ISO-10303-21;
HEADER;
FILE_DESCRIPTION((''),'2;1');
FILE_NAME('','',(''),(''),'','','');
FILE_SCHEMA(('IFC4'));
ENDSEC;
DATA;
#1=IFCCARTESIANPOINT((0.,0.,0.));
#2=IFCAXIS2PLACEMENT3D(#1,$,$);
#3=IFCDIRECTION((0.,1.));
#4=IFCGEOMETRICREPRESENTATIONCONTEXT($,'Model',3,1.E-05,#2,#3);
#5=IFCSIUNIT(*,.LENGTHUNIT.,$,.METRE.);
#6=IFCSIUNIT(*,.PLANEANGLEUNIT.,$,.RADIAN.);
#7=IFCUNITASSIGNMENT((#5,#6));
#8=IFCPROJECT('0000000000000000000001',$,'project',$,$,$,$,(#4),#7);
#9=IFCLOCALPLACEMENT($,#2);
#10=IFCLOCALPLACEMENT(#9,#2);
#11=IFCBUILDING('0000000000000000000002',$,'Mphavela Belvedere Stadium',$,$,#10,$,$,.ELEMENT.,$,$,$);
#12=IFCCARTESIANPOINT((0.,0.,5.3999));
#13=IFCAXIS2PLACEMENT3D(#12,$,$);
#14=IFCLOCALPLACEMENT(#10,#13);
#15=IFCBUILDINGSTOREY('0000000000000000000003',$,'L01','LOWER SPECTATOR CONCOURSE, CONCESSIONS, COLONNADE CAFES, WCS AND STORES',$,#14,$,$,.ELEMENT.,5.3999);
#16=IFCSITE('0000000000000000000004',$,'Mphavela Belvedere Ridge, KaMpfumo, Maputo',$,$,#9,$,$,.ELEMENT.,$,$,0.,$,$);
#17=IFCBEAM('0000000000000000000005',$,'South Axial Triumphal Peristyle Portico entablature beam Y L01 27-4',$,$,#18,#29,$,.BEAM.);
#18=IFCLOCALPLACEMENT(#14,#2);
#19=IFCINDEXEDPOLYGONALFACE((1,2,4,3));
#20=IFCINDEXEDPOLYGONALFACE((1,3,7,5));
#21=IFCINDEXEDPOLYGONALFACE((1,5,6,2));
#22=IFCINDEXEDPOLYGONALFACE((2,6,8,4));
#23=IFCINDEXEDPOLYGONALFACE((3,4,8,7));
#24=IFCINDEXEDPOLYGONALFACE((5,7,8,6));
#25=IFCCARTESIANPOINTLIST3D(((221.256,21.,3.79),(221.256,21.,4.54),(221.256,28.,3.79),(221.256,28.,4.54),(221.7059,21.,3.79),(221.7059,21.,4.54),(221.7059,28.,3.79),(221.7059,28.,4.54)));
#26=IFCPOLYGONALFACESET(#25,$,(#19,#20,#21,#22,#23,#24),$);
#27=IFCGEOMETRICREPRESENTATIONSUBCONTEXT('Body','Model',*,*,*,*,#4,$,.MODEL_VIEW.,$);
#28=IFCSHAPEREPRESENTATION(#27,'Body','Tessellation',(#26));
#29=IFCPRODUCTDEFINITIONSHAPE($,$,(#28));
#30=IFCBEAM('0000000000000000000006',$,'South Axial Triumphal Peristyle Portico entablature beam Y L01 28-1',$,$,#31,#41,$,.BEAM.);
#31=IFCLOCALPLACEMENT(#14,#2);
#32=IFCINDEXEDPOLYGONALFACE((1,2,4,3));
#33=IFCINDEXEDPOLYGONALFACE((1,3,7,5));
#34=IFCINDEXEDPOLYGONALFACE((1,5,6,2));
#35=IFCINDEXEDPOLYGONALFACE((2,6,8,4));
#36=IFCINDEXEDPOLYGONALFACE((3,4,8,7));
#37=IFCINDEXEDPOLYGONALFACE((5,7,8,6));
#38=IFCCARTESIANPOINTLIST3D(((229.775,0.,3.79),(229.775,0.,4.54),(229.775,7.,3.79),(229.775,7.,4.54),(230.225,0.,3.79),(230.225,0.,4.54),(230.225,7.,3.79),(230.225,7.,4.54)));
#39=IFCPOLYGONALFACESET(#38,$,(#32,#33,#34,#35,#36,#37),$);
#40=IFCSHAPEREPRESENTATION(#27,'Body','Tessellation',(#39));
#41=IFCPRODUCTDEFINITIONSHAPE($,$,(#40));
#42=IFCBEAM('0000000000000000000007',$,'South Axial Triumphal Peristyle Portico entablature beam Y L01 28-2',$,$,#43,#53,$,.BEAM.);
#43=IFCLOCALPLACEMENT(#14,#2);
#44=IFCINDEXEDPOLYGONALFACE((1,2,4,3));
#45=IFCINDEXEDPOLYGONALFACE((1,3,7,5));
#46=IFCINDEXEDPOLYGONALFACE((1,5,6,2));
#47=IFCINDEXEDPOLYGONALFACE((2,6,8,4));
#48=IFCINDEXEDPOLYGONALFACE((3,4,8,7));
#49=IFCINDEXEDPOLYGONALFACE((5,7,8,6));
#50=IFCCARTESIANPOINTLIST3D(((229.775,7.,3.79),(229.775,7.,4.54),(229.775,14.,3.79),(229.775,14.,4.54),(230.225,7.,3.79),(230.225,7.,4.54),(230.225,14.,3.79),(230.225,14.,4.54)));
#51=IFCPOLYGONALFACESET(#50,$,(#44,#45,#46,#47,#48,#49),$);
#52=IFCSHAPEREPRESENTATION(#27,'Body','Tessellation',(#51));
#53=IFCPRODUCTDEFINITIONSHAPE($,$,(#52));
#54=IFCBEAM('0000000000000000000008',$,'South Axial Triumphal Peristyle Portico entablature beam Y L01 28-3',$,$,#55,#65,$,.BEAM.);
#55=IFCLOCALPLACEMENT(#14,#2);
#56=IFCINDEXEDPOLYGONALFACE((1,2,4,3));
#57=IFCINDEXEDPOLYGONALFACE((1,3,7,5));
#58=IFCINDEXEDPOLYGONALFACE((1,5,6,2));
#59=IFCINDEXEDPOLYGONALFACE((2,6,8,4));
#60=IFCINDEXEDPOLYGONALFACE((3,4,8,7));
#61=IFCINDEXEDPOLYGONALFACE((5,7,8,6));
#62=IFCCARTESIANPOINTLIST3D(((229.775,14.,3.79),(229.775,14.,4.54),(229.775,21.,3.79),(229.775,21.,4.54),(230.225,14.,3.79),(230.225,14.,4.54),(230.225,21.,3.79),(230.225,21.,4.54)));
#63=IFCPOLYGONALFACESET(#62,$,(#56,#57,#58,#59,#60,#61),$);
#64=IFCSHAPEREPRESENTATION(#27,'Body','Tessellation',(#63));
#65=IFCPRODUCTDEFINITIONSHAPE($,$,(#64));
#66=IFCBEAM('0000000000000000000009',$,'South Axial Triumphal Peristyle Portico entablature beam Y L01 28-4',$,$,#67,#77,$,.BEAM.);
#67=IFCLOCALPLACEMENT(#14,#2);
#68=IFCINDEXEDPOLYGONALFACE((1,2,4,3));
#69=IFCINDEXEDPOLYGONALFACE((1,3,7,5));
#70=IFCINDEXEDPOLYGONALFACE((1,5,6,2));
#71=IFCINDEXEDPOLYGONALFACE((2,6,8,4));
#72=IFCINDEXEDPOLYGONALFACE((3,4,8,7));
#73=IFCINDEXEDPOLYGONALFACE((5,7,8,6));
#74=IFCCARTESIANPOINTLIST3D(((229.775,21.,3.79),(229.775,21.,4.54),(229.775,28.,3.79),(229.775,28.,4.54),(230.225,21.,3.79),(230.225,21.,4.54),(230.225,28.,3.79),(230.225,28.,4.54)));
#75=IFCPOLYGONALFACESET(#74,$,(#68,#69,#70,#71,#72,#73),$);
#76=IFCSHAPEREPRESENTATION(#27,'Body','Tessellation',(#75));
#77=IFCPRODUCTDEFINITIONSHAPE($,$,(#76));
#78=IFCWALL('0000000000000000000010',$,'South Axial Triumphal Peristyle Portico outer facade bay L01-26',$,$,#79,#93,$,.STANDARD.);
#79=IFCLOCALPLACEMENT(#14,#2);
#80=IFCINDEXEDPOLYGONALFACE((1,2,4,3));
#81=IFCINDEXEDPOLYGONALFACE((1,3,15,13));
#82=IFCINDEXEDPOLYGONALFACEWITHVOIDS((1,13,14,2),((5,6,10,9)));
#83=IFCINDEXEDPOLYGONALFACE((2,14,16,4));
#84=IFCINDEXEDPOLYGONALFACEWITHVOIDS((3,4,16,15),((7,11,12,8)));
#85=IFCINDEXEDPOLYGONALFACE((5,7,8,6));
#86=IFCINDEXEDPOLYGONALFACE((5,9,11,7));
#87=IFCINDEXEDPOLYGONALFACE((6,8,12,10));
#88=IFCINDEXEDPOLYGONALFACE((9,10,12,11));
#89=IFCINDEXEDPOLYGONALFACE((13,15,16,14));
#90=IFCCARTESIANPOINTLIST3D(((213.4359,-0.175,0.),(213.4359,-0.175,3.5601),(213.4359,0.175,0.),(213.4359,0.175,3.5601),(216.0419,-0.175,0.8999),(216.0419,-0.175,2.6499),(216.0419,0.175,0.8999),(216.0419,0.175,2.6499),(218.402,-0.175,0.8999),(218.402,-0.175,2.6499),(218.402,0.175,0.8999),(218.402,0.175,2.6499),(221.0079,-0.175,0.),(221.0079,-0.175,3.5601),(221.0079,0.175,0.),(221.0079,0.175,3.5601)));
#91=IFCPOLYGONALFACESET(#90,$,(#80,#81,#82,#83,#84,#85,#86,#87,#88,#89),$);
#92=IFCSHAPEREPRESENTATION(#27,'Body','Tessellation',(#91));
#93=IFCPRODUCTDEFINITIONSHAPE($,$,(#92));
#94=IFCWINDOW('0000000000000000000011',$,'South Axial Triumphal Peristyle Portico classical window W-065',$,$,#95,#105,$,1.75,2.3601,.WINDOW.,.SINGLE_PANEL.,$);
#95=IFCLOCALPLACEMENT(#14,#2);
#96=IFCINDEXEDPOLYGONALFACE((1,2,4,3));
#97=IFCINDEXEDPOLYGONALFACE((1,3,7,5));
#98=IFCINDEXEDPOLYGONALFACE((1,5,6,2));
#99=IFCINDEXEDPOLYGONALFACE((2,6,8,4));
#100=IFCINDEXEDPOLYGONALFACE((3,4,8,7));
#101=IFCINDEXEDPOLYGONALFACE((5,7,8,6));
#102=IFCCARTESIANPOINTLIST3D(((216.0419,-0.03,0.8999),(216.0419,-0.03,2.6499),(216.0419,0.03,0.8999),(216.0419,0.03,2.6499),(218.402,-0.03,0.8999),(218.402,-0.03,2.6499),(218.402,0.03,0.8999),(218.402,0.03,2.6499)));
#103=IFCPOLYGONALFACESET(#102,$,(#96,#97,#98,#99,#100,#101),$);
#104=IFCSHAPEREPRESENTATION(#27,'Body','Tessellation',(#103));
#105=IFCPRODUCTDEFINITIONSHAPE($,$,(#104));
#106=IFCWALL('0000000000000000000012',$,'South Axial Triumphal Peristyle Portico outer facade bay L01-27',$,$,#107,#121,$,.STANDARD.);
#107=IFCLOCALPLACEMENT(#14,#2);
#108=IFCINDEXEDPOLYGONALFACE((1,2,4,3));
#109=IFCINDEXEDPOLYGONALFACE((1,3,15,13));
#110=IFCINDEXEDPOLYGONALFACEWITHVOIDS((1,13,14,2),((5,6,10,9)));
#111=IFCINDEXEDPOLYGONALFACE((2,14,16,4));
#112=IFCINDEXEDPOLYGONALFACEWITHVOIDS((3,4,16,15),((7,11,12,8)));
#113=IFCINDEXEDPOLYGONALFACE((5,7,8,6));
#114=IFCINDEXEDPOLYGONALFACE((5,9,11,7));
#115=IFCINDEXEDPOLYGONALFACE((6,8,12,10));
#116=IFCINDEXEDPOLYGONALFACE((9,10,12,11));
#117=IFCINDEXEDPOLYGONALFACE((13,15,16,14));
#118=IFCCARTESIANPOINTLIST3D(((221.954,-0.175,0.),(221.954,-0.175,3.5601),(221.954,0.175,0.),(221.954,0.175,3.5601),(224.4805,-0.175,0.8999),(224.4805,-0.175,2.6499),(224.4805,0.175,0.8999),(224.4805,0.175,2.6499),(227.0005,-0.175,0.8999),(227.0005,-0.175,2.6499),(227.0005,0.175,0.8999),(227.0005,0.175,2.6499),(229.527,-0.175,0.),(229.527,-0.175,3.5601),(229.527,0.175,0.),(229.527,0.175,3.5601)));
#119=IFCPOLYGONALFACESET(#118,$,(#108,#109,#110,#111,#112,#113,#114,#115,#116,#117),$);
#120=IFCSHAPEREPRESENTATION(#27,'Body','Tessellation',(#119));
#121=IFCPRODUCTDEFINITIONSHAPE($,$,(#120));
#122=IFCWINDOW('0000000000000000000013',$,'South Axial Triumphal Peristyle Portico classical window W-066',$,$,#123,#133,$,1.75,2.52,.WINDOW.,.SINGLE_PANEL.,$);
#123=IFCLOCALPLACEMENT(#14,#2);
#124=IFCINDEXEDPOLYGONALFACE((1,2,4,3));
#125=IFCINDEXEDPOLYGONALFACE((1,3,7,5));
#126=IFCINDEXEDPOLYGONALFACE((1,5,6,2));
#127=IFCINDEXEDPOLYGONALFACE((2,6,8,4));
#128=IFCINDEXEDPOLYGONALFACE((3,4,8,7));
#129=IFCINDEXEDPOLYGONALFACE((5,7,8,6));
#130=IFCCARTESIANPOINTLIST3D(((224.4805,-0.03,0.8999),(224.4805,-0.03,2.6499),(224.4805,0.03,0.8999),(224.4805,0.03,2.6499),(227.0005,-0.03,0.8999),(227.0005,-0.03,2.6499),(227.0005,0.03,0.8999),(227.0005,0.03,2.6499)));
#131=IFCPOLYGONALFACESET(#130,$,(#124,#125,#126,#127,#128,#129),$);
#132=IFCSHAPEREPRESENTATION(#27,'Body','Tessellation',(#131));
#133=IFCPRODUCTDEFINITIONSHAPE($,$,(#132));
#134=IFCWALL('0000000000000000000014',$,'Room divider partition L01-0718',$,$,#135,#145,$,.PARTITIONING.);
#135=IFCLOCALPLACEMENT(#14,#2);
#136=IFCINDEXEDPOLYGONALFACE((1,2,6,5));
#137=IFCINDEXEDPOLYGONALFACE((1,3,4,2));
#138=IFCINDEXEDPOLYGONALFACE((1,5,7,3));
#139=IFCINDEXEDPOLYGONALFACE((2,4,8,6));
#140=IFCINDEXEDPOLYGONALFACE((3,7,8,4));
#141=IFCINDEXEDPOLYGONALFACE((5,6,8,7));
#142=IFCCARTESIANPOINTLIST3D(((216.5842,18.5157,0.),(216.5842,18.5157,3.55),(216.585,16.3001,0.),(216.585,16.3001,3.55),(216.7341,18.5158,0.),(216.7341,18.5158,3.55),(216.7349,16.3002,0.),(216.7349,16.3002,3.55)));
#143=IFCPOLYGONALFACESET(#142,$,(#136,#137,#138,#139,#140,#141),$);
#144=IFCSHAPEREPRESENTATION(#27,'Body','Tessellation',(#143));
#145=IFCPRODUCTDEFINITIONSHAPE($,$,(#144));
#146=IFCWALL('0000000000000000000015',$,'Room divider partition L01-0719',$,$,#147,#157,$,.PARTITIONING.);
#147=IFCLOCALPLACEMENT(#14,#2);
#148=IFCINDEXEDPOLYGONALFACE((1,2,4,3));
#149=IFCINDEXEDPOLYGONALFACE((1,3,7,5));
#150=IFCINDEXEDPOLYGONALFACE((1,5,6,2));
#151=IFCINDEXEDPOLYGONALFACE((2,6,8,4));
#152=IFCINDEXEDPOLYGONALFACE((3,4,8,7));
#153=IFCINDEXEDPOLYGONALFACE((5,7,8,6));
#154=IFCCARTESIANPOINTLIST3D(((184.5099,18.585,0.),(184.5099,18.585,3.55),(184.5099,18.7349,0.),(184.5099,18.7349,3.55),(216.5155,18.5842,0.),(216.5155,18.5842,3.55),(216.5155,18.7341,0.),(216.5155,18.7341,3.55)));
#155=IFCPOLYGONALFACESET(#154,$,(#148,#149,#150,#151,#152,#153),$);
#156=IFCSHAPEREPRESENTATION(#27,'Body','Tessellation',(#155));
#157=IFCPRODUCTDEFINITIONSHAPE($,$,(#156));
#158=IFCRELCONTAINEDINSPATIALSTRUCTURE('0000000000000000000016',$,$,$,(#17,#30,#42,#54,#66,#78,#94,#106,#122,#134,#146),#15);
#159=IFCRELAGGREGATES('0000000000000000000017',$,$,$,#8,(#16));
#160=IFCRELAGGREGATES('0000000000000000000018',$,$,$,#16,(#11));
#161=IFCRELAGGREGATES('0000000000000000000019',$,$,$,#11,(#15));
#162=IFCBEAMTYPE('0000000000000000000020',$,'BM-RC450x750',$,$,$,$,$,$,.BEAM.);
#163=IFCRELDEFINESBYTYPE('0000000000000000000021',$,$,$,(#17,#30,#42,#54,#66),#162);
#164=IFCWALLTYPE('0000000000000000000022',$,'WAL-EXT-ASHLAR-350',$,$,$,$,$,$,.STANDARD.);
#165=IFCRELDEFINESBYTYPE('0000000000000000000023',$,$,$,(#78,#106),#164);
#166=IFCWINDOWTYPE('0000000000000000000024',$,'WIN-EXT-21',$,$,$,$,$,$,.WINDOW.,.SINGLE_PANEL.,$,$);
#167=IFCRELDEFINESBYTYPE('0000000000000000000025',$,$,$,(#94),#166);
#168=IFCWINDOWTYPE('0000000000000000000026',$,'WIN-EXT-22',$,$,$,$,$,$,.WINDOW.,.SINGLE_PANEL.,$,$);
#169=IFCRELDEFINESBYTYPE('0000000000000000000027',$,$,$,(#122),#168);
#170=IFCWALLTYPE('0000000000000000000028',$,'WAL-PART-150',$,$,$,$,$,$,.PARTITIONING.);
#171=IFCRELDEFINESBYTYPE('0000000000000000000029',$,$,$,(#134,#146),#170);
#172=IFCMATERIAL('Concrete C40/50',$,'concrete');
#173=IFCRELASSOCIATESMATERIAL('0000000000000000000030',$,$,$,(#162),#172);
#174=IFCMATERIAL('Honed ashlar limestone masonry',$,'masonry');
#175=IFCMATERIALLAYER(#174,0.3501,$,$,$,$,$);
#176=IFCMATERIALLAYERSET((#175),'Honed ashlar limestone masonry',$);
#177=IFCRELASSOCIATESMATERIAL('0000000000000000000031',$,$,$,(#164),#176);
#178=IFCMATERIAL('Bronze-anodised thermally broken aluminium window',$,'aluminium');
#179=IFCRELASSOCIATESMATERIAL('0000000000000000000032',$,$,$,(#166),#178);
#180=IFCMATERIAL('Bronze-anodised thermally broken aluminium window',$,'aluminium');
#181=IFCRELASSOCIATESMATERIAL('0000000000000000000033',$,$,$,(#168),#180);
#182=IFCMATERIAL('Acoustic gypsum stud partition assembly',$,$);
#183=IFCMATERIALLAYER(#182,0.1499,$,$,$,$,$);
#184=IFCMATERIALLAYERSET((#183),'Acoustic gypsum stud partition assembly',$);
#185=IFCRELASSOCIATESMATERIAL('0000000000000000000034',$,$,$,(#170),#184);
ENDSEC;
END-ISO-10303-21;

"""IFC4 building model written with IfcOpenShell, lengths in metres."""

from ifc_helpers import new_model, si_unit, direction, frame, frame_2d, origin, origin_2d, place, context, subcontext, project, spatial, rectangle, extrude, material, layer, layer_set, material_profile, profile_set, type_object, element, fill, save


model = new_model("IFC4")

# Units and contexts
model_context = context("Model", 3, precision=1e-05, world=origin(), true_north=direction((0.0, 1.0)))
body_context = subcontext(model_context, "Body", "Model", "MODEL_VIEW")
ifc_project = project(units=[si_unit("LENGTHUNIT", "METRE"), si_unit("PLANEANGLEUNIT", "RADIAN")], contexts=[model_context])

# Site, building, storey
site_placement = place(None, origin())
site = spatial("IfcSite", under=ifc_project, at=site_placement, Name="Mphavela Belvedere Ridge, KaMpfumo, Maputo", CompositionType="ELEMENT", RefElevation=0.0)
building_placement = place(site_placement, origin())
building = spatial("IfcBuilding", under=site, at=building_placement, Name="Mphavela Belvedere Stadium", CompositionType="ELEMENT")
storey_placement = place(building_placement, frame((0.0, 0.0, 5.3999)))
storey = spatial("IfcBuildingStorey", under=building, at=storey_placement, Name="L01", Description="LOWER SPECTATOR CONCOURSE, CONCESSIONS, COLONNADE CAFES, WCS AND STORES", CompositionType="ELEMENT", Elevation=5.3999)

# Beams
ifc_material_1 = material(Name="Concrete C40/50", Category="concrete")
ifc_material_profile_1 = material_profile(ifc_material_1, rectangle(XDim=0.45, YDim=0.75, at=origin_2d()), Name="RC 450x750")
ifc_profile_set_1 = profile_set([ifc_material_profile_1], Name="Concrete C40/50")
beam_type_1 = type_object("IfcBeamType", Name="BM-RC450x750", PredefinedType="BEAM", material=ifc_profile_set_1)
for number, where, z_axis, x_axis, name in (
    (1, (221.481, 21.0, 4.165), (0.0, 1.0, 0.0), (-1.0, 0.0, 0.0), "South Axial Triumphal Peristyle Portico entablature beam Y L01 27-4"),
    (2, (230.0, 0.0, 4.165), (0.0, 1.0, 0.0), (-1.0, 0.0, 0.0), "South Axial Triumphal Peristyle Portico entablature beam Y L01 28-1"),
    (3, (230.0, 7.0, 4.165), (0.0, 1.0, 0.0), (-1.0, 0.0, 0.0), "South Axial Triumphal Peristyle Portico entablature beam Y L01 28-2"),
    (4, (230.0, 14.0, 4.165), (0.0, 1.0, 0.0), (-1.0, 0.0, 0.0), "South Axial Triumphal Peristyle Portico entablature beam Y L01 28-3"),
    (5, (230.0, 21.0, 4.165), (0.0, 1.0, 0.0), (-1.0, 0.0, 0.0), "South Axial Triumphal Peristyle Portico entablature beam Y L01 28-4"),
):
    element("IfcBeam", number, at=place(storey_placement, frame(where, z_axis=z_axis, x_axis=x_axis)), inside=storey, type_object=beam_type_1, Name=name, PredefinedType="BEAM", context=body_context, shape_type="SweptSolid", body=[
        extrude(rectangle(XDim=0.45, YDim=0.75, at=origin_2d()), origin(), (0.0, 0.0, 1.0), 7.0),
    ])

# Walls, openings, windows
ifc_material_2 = material(Name="Honed ashlar limestone masonry", Category="masonry")
ifc_layer_1 = layer(ifc_material_2, 0.3501)
ifc_layer_set_1 = layer_set([ifc_layer_1], Name="Honed ashlar limestone masonry")
wall_type_1 = type_object("IfcWallType", Name="WAL-EXT-ASHLAR-350", PredefinedType="STANDARD", material=ifc_layer_set_1)
wall_1_placement = place(storey_placement, frame((221.0081, 0.0, 0.0), z_axis=(0.0, 0.0, 1.0), x_axis=(-1.0, 0.0, 0.0)))
wall_1 = element("IfcWall", 6, at=wall_1_placement, inside=storey, type_object=wall_type_1, Name="South Axial Triumphal Peristyle Portico outer facade bay L01-26", PredefinedType="STANDARD", context=body_context, shape_type="SweptSolid", body=[
    extrude(rectangle(XDim=7.572, YDim=0.3501, at=frame_2d((3.7861, 0.0))), origin(), (0.0, 0.0, 1.0), 3.5601),
])
opening_1_placement = place(wall_1_placement, frame((2.606, 0.0, 0.8999)))
opening_1 = element("IfcOpeningElement", 7, at=opening_1_placement, cuts=wall_1, PredefinedType="OPENING", context=body_context, shape_type="SweptSolid", body=[
    extrude(rectangle(XDim=2.3601, YDim=1.75, at=frame_2d((1.1802, 0.875))), frame((0.0, 0.1851, 0.0), z_axis=(0.0, -1.0, 0.0), x_axis=(1.0, 0.0, 0.0)), (0.0, 0.0, 1.0), 0.3701),
])
ifc_material_3 = material(Name="Bronze-anodised thermally broken aluminium window", Category="aluminium")
window_type_1 = type_object("IfcWindowType", Name="WIN-EXT-21", PartitioningType="SINGLE_PANEL", PredefinedType="WINDOW", material=ifc_material_3)
window_1_placement = place(opening_1_placement, origin())
window_1 = element("IfcWindow", 8, at=window_1_placement, inside=storey, type_object=window_type_1, Name="South Axial Triumphal Peristyle Portico classical window W-065", OverallHeight=1.75, OverallWidth=2.3601, PartitioningType="SINGLE_PANEL", PredefinedType="WINDOW", context=body_context, shape_type="SweptSolid", body=[
    extrude(rectangle(XDim=2.3601, YDim=1.75, at=frame_2d((1.1802, 0.875))), frame((0.0, 0.03, 0.0), z_axis=(0.0, -1.0, 0.0), x_axis=(1.0, 0.0, 0.0)), (0.0, 0.0, 1.0), 0.0601),
])
fill(opening_1, window_1)
wall_2_placement = place(storey_placement, frame((229.5271, 0.0, 0.0), z_axis=(0.0, 0.0, 1.0), x_axis=(-1.0, 0.0, 0.0)))
wall_2 = element("IfcWall", 9, at=wall_2_placement, inside=storey, type_object=wall_type_1, Name="South Axial Triumphal Peristyle Portico outer facade bay L01-27", PredefinedType="STANDARD", context=body_context, shape_type="SweptSolid", body=[
    extrude(rectangle(XDim=7.573, YDim=0.3501, at=frame_2d((3.7866, 0.0))), origin(), (0.0, 0.0, 1.0), 3.5601),
])
opening_2_placement = place(wall_2_placement, frame((2.5266, 0.0, 0.8999)))
opening_2 = element("IfcOpeningElement", 10, at=opening_2_placement, cuts=wall_2, PredefinedType="OPENING", context=body_context, shape_type="SweptSolid", body=[
    extrude(rectangle(XDim=2.52, YDim=1.75, at=frame_2d((1.26, 0.875))), frame((0.0, 0.1851, 0.0), z_axis=(0.0, -1.0, 0.0), x_axis=(1.0, 0.0, 0.0)), (0.0, 0.0, 1.0), 0.3701),
])
ifc_material_4 = material(Name="Bronze-anodised thermally broken aluminium window", Category="aluminium")
window_type_2 = type_object("IfcWindowType", Name="WIN-EXT-22", PartitioningType="SINGLE_PANEL", PredefinedType="WINDOW", material=ifc_material_4)
window_2_placement = place(opening_2_placement, origin())
window_2 = element("IfcWindow", 11, at=window_2_placement, inside=storey, type_object=window_type_2, Name="South Axial Triumphal Peristyle Portico classical window W-066", OverallHeight=1.75, OverallWidth=2.52, PartitioningType="SINGLE_PANEL", PredefinedType="WINDOW", context=body_context, shape_type="SweptSolid", body=[
    extrude(rectangle(XDim=2.52, YDim=1.75, at=frame_2d((1.26, 0.875))), frame((0.0, 0.03, 0.0), z_axis=(0.0, -1.0, 0.0), x_axis=(1.0, 0.0, 0.0)), (0.0, 0.0, 1.0), 0.0601),
])
fill(opening_2, window_2)

# Walls
ifc_material_5 = material(Name="Acoustic gypsum stud partition assembly")
ifc_layer_2 = layer(ifc_material_5, 0.1499)
ifc_layer_set_2 = layer_set([ifc_layer_2], Name="Acoustic gypsum stud partition assembly")
wall_type_2 = type_object("IfcWallType", Name="WAL-PART-150", PredefinedType="PARTITIONING", material=ifc_layer_set_2)
wall_3_placement = place(storey_placement, frame((216.6599, 16.3, 0.0), z_axis=(0.0, 0.0, 1.0), x_axis=(-0.000331, 1.0, 0.0)))
element("IfcWall", 12, at=wall_3_placement, inside=storey, type_object=wall_type_2, Name="Room divider partition L01-0718", PredefinedType="PARTITIONING", context=body_context, shape_type="SweptSolid", body=[
    extrude(rectangle(XDim=2.2156, YDim=0.1499, at=frame_2d((1.1079, 0.0))), origin(), (0.0, 0.0, 1.0), 3.55),
])
wall_4_placement = place(storey_placement, frame((216.5156, 18.6592, 0.0), z_axis=(0.0, 0.0, 1.0), x_axis=(-1.0, 0.000023, 0.0)))
element("IfcWall", 13, at=wall_4_placement, inside=storey, type_object=wall_type_2, Name="Room divider partition L01-0719", PredefinedType="PARTITIONING", context=body_context, shape_type="SweptSolid", body=[
    extrude(rectangle(XDim=32.0056, YDim=0.1499, at=frame_2d((16.0029, 0.0))), origin(), (0.0, 0.0, 1.0), 3.55),
])

save(model, "model.ifc")
